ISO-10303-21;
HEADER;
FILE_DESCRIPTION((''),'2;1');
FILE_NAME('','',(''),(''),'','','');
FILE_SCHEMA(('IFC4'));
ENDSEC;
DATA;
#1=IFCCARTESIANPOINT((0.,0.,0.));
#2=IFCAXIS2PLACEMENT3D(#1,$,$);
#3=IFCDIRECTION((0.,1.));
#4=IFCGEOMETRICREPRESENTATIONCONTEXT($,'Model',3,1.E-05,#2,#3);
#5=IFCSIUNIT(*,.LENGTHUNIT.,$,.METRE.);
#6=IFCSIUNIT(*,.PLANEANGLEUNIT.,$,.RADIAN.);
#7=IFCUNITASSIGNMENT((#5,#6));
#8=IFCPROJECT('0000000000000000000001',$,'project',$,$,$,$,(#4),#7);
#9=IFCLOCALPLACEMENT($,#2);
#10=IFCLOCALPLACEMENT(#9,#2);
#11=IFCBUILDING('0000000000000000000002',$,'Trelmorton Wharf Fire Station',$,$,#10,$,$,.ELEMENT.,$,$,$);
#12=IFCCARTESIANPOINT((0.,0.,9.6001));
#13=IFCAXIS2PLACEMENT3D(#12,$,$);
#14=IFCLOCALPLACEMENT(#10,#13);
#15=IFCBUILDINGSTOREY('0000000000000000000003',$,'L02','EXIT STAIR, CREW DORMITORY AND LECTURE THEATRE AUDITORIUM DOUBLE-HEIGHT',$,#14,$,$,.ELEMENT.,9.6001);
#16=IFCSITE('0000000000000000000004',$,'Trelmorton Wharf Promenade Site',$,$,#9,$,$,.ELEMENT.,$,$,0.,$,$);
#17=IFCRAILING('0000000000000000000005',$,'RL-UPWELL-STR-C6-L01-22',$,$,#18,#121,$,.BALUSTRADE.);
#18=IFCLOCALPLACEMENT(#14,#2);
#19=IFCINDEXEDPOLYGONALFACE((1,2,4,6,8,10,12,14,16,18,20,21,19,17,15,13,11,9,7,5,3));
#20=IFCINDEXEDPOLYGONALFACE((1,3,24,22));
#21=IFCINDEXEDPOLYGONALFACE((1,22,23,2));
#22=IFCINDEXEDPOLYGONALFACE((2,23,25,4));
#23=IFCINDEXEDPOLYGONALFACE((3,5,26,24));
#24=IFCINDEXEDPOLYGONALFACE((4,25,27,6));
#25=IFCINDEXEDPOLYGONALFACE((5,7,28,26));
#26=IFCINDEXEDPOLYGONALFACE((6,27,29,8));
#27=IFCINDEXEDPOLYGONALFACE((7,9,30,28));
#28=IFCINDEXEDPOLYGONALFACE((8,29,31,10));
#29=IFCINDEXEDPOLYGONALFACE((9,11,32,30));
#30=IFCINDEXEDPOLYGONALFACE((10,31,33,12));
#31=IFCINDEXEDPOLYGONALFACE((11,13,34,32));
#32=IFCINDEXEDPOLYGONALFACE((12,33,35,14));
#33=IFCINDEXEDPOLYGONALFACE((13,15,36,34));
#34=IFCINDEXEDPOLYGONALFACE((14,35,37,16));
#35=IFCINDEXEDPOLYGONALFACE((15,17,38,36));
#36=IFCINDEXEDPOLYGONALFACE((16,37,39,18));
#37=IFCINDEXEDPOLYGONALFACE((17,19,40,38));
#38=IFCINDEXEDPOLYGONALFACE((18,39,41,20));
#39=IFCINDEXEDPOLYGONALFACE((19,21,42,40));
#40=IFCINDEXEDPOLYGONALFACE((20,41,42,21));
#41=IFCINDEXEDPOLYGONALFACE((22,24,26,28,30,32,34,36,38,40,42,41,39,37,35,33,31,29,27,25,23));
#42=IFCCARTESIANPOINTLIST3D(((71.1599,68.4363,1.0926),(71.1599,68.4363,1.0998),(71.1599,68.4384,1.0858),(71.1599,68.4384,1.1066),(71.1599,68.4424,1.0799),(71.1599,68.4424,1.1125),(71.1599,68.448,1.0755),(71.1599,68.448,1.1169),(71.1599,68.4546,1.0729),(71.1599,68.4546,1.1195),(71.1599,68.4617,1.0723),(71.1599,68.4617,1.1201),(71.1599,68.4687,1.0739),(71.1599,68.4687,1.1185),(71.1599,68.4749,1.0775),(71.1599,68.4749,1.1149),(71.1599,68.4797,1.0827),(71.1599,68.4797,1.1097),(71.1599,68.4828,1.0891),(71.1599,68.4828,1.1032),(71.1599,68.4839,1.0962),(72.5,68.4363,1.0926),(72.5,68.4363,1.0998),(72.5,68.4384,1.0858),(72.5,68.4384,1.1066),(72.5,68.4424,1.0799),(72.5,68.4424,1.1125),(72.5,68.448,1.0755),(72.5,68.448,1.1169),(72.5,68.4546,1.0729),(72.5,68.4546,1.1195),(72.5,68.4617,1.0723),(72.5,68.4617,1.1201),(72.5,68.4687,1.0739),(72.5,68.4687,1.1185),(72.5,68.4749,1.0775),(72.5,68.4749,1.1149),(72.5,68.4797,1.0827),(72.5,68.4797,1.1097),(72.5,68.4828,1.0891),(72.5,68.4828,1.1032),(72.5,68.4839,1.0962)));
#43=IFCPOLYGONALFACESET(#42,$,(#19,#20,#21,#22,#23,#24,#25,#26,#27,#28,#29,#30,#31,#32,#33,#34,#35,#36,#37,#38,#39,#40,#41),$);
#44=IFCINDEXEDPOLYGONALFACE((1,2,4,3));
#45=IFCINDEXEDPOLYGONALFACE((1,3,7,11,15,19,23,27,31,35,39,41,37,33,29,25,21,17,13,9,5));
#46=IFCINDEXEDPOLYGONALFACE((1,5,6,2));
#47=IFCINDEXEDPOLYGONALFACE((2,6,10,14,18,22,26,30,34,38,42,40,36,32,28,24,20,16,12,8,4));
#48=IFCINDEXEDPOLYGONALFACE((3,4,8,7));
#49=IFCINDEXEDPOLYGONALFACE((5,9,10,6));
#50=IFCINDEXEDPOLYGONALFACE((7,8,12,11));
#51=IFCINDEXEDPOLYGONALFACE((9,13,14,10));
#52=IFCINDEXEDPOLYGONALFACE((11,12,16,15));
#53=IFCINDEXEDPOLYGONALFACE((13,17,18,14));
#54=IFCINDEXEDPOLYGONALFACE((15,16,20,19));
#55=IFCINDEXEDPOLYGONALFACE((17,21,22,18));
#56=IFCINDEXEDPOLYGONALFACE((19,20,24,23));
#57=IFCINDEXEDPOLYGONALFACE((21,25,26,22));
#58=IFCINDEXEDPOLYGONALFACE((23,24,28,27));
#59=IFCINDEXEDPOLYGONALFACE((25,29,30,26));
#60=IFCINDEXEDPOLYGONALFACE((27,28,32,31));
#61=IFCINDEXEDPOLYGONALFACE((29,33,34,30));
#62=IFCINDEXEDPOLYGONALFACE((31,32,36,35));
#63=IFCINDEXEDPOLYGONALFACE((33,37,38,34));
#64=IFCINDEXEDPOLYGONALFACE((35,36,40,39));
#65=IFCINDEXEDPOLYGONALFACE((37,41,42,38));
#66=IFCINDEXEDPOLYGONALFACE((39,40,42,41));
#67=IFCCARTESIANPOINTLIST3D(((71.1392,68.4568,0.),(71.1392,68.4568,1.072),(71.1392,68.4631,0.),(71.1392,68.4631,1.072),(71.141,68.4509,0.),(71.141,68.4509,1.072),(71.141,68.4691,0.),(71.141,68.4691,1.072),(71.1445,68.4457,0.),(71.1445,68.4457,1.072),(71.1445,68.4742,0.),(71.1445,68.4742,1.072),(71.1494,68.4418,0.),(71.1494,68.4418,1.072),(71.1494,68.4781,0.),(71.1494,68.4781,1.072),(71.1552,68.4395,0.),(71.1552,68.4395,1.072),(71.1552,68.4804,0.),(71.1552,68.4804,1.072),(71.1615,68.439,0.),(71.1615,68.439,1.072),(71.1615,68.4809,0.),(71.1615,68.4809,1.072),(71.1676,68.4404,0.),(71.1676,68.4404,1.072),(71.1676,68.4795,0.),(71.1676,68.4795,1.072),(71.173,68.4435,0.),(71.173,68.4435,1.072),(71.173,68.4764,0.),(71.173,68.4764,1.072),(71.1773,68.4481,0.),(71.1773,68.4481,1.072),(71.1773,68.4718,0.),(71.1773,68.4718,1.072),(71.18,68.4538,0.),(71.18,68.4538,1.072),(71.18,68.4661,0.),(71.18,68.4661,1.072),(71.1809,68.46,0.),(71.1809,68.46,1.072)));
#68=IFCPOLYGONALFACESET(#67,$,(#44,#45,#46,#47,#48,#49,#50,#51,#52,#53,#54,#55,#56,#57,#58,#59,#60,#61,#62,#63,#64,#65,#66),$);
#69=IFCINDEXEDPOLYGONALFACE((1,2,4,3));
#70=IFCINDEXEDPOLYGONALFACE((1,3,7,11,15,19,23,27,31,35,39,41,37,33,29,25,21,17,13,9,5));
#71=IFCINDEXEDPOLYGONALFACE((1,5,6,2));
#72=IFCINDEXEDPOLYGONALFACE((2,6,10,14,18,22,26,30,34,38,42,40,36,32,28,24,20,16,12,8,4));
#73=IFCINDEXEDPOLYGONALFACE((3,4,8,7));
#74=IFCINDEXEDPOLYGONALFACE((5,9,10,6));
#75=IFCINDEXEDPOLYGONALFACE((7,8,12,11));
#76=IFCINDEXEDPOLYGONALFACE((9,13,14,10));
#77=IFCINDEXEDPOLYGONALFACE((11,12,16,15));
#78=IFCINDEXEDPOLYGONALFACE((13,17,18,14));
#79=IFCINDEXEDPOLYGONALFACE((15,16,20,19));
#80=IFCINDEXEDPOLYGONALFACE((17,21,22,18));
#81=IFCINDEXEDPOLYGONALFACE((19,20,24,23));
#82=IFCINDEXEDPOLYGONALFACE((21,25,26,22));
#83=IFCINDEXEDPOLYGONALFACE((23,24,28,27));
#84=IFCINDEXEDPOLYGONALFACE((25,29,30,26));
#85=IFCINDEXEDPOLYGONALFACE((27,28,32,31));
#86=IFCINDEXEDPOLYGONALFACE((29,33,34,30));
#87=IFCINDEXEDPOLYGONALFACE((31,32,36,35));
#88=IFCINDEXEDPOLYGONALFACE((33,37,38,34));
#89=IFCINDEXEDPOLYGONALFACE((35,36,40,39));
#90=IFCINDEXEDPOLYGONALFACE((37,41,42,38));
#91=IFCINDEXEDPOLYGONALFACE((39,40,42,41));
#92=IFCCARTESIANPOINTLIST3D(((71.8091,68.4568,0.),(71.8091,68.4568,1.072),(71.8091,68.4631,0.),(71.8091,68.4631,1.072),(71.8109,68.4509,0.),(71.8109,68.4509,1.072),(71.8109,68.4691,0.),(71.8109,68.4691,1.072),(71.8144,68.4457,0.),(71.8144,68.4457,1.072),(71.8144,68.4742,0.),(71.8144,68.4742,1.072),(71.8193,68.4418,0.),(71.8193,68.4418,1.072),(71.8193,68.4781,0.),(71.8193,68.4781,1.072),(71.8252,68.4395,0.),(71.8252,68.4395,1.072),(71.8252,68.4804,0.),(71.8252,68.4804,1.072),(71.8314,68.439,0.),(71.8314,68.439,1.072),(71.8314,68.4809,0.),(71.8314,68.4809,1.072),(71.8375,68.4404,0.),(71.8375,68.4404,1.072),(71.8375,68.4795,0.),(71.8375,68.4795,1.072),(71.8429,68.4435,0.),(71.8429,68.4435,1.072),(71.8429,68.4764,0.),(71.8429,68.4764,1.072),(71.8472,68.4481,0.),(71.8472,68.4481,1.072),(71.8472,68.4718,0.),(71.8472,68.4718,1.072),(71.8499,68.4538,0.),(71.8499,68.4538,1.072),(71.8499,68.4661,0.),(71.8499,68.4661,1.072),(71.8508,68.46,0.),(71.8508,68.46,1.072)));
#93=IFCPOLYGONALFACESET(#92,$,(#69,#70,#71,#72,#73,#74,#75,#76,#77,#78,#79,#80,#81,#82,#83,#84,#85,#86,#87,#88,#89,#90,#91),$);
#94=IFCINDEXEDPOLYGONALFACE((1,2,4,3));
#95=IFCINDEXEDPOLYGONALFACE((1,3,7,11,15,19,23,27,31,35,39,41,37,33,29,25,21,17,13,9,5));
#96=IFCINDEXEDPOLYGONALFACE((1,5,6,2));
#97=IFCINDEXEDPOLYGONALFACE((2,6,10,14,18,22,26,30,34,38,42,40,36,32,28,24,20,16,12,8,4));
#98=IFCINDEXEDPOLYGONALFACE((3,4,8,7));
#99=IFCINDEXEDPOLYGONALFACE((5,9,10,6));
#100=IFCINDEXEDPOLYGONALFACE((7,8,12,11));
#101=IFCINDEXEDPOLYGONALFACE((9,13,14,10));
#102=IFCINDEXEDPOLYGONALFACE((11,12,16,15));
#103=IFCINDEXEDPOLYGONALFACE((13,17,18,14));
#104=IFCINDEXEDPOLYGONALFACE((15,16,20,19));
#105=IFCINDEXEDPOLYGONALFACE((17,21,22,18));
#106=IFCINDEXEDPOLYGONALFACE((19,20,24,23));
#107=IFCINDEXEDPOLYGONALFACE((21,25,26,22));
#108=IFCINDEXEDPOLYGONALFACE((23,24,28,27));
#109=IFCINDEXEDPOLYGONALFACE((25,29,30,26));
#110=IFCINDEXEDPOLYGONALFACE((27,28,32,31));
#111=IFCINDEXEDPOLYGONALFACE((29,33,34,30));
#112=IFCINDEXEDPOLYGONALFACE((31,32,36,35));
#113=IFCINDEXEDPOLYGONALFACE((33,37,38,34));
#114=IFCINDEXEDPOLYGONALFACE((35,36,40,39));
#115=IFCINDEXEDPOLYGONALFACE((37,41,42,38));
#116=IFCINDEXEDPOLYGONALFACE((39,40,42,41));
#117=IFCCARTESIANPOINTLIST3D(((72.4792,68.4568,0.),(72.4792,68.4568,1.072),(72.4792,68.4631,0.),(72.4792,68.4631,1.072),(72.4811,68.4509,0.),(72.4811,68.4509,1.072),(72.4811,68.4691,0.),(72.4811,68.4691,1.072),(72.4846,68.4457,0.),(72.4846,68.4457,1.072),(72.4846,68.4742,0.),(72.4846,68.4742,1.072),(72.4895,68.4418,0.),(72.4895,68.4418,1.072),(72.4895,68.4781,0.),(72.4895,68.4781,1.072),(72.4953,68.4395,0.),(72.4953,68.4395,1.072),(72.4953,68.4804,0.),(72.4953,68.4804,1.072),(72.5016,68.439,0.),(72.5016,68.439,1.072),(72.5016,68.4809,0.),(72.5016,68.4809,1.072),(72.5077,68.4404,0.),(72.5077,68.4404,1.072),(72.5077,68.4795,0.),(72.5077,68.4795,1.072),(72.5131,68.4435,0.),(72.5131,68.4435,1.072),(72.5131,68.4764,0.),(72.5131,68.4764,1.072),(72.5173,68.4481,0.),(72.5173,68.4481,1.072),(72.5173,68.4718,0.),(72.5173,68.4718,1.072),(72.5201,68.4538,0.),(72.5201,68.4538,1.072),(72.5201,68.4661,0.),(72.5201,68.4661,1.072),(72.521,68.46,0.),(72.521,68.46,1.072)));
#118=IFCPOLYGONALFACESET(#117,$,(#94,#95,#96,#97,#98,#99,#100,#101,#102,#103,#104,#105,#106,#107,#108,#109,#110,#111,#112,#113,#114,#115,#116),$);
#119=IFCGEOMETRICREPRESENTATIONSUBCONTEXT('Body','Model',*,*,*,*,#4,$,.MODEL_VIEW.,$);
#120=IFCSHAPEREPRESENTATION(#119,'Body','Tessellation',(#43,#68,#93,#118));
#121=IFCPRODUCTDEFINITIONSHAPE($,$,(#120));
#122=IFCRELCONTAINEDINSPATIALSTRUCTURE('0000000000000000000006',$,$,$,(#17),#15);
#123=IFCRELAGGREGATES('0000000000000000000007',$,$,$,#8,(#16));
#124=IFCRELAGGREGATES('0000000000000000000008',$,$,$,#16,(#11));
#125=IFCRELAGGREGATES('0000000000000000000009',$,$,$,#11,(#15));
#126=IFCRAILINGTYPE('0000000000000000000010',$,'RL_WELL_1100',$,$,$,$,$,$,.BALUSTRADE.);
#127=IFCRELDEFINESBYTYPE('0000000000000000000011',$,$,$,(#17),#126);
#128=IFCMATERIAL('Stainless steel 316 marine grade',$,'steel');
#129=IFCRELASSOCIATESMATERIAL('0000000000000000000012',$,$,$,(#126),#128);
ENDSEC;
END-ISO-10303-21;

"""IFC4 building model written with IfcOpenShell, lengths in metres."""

from ifc_helpers import new_model, si_unit, direction, frame, origin, origin_2d, place, context, subcontext, project, spatial, circle, extrude, material, type_object, element, save


model = new_model("IFC4")

# Units and contexts
model_context = context("Model", 3, precision=1e-05, world=origin(), true_north=direction((0.0, 1.0)))
body_context = subcontext(model_context, "Body", "Model", "MODEL_VIEW")
ifc_project = project(units=[si_unit("LENGTHUNIT", "METRE"), si_unit("PLANEANGLEUNIT", "RADIAN")], contexts=[model_context])

# Site, building, storey
site_placement = place(None, origin())
site = spatial("IfcSite", under=ifc_project, at=site_placement, Name="Trelmorton Wharf Promenade Site", CompositionType="ELEMENT", RefElevation=0.0)
building_placement = place(site_placement, origin())
building = spatial("IfcBuilding", under=site, at=building_placement, Name="Trelmorton Wharf Fire Station", CompositionType="ELEMENT")
storey_placement = place(building_placement, frame((0.0, 0.0, 9.6001)))
storey = spatial("IfcBuildingStorey", under=building, at=storey_placement, Name="L02", Description="EXIT STAIR, CREW DORMITORY AND LECTURE THEATRE AUDITORIUM DOUBLE-HEIGHT", CompositionType="ELEMENT", Elevation=9.6001)

# Shared definitions
ifc_material_1 = material(Name="Stainless steel 316 marine grade", Category="steel")

# Railing
railing_type_1 = type_object("IfcRailingType", Name="RL_WELL_1100", PredefinedType="BALUSTRADE", material=ifc_material_1)
railing_1_placement = place(storey_placement, frame((71.1599, 68.46, 0.0)))
element("IfcRailing", 1, at=railing_1_placement, inside=storey, type_object=railing_type_1, Name="RL-UPWELL-STR-C6-L01-22", PredefinedType="BALUSTRADE", context=body_context, shape_type="SweptSolid", body=[
    extrude(circle(Radius=0.0239, at=origin_2d()), frame((0.0, 0.0, 1.0962), z_axis=(1.0, 0.0, 0.0), x_axis=(0.0, 1.0, 0.0)), (0.0, 0.0, 1.0), 1.3401),
    extrude(circle(Radius=0.021, at=origin_2d()), origin(), (0.0, 0.0, 1.0), 1.072),
    extrude(circle(Radius=0.021, at=origin_2d()), frame((0.6699, 0.0, 0.0)), (0.0, 0.0, 1.0), 1.072),
    extrude(circle(Radius=0.021, at=origin_2d()), frame((1.3401, 0.0, 0.0)), (0.0, 0.0, 1.0), 1.072),
])

save(model, "model.ifc")
